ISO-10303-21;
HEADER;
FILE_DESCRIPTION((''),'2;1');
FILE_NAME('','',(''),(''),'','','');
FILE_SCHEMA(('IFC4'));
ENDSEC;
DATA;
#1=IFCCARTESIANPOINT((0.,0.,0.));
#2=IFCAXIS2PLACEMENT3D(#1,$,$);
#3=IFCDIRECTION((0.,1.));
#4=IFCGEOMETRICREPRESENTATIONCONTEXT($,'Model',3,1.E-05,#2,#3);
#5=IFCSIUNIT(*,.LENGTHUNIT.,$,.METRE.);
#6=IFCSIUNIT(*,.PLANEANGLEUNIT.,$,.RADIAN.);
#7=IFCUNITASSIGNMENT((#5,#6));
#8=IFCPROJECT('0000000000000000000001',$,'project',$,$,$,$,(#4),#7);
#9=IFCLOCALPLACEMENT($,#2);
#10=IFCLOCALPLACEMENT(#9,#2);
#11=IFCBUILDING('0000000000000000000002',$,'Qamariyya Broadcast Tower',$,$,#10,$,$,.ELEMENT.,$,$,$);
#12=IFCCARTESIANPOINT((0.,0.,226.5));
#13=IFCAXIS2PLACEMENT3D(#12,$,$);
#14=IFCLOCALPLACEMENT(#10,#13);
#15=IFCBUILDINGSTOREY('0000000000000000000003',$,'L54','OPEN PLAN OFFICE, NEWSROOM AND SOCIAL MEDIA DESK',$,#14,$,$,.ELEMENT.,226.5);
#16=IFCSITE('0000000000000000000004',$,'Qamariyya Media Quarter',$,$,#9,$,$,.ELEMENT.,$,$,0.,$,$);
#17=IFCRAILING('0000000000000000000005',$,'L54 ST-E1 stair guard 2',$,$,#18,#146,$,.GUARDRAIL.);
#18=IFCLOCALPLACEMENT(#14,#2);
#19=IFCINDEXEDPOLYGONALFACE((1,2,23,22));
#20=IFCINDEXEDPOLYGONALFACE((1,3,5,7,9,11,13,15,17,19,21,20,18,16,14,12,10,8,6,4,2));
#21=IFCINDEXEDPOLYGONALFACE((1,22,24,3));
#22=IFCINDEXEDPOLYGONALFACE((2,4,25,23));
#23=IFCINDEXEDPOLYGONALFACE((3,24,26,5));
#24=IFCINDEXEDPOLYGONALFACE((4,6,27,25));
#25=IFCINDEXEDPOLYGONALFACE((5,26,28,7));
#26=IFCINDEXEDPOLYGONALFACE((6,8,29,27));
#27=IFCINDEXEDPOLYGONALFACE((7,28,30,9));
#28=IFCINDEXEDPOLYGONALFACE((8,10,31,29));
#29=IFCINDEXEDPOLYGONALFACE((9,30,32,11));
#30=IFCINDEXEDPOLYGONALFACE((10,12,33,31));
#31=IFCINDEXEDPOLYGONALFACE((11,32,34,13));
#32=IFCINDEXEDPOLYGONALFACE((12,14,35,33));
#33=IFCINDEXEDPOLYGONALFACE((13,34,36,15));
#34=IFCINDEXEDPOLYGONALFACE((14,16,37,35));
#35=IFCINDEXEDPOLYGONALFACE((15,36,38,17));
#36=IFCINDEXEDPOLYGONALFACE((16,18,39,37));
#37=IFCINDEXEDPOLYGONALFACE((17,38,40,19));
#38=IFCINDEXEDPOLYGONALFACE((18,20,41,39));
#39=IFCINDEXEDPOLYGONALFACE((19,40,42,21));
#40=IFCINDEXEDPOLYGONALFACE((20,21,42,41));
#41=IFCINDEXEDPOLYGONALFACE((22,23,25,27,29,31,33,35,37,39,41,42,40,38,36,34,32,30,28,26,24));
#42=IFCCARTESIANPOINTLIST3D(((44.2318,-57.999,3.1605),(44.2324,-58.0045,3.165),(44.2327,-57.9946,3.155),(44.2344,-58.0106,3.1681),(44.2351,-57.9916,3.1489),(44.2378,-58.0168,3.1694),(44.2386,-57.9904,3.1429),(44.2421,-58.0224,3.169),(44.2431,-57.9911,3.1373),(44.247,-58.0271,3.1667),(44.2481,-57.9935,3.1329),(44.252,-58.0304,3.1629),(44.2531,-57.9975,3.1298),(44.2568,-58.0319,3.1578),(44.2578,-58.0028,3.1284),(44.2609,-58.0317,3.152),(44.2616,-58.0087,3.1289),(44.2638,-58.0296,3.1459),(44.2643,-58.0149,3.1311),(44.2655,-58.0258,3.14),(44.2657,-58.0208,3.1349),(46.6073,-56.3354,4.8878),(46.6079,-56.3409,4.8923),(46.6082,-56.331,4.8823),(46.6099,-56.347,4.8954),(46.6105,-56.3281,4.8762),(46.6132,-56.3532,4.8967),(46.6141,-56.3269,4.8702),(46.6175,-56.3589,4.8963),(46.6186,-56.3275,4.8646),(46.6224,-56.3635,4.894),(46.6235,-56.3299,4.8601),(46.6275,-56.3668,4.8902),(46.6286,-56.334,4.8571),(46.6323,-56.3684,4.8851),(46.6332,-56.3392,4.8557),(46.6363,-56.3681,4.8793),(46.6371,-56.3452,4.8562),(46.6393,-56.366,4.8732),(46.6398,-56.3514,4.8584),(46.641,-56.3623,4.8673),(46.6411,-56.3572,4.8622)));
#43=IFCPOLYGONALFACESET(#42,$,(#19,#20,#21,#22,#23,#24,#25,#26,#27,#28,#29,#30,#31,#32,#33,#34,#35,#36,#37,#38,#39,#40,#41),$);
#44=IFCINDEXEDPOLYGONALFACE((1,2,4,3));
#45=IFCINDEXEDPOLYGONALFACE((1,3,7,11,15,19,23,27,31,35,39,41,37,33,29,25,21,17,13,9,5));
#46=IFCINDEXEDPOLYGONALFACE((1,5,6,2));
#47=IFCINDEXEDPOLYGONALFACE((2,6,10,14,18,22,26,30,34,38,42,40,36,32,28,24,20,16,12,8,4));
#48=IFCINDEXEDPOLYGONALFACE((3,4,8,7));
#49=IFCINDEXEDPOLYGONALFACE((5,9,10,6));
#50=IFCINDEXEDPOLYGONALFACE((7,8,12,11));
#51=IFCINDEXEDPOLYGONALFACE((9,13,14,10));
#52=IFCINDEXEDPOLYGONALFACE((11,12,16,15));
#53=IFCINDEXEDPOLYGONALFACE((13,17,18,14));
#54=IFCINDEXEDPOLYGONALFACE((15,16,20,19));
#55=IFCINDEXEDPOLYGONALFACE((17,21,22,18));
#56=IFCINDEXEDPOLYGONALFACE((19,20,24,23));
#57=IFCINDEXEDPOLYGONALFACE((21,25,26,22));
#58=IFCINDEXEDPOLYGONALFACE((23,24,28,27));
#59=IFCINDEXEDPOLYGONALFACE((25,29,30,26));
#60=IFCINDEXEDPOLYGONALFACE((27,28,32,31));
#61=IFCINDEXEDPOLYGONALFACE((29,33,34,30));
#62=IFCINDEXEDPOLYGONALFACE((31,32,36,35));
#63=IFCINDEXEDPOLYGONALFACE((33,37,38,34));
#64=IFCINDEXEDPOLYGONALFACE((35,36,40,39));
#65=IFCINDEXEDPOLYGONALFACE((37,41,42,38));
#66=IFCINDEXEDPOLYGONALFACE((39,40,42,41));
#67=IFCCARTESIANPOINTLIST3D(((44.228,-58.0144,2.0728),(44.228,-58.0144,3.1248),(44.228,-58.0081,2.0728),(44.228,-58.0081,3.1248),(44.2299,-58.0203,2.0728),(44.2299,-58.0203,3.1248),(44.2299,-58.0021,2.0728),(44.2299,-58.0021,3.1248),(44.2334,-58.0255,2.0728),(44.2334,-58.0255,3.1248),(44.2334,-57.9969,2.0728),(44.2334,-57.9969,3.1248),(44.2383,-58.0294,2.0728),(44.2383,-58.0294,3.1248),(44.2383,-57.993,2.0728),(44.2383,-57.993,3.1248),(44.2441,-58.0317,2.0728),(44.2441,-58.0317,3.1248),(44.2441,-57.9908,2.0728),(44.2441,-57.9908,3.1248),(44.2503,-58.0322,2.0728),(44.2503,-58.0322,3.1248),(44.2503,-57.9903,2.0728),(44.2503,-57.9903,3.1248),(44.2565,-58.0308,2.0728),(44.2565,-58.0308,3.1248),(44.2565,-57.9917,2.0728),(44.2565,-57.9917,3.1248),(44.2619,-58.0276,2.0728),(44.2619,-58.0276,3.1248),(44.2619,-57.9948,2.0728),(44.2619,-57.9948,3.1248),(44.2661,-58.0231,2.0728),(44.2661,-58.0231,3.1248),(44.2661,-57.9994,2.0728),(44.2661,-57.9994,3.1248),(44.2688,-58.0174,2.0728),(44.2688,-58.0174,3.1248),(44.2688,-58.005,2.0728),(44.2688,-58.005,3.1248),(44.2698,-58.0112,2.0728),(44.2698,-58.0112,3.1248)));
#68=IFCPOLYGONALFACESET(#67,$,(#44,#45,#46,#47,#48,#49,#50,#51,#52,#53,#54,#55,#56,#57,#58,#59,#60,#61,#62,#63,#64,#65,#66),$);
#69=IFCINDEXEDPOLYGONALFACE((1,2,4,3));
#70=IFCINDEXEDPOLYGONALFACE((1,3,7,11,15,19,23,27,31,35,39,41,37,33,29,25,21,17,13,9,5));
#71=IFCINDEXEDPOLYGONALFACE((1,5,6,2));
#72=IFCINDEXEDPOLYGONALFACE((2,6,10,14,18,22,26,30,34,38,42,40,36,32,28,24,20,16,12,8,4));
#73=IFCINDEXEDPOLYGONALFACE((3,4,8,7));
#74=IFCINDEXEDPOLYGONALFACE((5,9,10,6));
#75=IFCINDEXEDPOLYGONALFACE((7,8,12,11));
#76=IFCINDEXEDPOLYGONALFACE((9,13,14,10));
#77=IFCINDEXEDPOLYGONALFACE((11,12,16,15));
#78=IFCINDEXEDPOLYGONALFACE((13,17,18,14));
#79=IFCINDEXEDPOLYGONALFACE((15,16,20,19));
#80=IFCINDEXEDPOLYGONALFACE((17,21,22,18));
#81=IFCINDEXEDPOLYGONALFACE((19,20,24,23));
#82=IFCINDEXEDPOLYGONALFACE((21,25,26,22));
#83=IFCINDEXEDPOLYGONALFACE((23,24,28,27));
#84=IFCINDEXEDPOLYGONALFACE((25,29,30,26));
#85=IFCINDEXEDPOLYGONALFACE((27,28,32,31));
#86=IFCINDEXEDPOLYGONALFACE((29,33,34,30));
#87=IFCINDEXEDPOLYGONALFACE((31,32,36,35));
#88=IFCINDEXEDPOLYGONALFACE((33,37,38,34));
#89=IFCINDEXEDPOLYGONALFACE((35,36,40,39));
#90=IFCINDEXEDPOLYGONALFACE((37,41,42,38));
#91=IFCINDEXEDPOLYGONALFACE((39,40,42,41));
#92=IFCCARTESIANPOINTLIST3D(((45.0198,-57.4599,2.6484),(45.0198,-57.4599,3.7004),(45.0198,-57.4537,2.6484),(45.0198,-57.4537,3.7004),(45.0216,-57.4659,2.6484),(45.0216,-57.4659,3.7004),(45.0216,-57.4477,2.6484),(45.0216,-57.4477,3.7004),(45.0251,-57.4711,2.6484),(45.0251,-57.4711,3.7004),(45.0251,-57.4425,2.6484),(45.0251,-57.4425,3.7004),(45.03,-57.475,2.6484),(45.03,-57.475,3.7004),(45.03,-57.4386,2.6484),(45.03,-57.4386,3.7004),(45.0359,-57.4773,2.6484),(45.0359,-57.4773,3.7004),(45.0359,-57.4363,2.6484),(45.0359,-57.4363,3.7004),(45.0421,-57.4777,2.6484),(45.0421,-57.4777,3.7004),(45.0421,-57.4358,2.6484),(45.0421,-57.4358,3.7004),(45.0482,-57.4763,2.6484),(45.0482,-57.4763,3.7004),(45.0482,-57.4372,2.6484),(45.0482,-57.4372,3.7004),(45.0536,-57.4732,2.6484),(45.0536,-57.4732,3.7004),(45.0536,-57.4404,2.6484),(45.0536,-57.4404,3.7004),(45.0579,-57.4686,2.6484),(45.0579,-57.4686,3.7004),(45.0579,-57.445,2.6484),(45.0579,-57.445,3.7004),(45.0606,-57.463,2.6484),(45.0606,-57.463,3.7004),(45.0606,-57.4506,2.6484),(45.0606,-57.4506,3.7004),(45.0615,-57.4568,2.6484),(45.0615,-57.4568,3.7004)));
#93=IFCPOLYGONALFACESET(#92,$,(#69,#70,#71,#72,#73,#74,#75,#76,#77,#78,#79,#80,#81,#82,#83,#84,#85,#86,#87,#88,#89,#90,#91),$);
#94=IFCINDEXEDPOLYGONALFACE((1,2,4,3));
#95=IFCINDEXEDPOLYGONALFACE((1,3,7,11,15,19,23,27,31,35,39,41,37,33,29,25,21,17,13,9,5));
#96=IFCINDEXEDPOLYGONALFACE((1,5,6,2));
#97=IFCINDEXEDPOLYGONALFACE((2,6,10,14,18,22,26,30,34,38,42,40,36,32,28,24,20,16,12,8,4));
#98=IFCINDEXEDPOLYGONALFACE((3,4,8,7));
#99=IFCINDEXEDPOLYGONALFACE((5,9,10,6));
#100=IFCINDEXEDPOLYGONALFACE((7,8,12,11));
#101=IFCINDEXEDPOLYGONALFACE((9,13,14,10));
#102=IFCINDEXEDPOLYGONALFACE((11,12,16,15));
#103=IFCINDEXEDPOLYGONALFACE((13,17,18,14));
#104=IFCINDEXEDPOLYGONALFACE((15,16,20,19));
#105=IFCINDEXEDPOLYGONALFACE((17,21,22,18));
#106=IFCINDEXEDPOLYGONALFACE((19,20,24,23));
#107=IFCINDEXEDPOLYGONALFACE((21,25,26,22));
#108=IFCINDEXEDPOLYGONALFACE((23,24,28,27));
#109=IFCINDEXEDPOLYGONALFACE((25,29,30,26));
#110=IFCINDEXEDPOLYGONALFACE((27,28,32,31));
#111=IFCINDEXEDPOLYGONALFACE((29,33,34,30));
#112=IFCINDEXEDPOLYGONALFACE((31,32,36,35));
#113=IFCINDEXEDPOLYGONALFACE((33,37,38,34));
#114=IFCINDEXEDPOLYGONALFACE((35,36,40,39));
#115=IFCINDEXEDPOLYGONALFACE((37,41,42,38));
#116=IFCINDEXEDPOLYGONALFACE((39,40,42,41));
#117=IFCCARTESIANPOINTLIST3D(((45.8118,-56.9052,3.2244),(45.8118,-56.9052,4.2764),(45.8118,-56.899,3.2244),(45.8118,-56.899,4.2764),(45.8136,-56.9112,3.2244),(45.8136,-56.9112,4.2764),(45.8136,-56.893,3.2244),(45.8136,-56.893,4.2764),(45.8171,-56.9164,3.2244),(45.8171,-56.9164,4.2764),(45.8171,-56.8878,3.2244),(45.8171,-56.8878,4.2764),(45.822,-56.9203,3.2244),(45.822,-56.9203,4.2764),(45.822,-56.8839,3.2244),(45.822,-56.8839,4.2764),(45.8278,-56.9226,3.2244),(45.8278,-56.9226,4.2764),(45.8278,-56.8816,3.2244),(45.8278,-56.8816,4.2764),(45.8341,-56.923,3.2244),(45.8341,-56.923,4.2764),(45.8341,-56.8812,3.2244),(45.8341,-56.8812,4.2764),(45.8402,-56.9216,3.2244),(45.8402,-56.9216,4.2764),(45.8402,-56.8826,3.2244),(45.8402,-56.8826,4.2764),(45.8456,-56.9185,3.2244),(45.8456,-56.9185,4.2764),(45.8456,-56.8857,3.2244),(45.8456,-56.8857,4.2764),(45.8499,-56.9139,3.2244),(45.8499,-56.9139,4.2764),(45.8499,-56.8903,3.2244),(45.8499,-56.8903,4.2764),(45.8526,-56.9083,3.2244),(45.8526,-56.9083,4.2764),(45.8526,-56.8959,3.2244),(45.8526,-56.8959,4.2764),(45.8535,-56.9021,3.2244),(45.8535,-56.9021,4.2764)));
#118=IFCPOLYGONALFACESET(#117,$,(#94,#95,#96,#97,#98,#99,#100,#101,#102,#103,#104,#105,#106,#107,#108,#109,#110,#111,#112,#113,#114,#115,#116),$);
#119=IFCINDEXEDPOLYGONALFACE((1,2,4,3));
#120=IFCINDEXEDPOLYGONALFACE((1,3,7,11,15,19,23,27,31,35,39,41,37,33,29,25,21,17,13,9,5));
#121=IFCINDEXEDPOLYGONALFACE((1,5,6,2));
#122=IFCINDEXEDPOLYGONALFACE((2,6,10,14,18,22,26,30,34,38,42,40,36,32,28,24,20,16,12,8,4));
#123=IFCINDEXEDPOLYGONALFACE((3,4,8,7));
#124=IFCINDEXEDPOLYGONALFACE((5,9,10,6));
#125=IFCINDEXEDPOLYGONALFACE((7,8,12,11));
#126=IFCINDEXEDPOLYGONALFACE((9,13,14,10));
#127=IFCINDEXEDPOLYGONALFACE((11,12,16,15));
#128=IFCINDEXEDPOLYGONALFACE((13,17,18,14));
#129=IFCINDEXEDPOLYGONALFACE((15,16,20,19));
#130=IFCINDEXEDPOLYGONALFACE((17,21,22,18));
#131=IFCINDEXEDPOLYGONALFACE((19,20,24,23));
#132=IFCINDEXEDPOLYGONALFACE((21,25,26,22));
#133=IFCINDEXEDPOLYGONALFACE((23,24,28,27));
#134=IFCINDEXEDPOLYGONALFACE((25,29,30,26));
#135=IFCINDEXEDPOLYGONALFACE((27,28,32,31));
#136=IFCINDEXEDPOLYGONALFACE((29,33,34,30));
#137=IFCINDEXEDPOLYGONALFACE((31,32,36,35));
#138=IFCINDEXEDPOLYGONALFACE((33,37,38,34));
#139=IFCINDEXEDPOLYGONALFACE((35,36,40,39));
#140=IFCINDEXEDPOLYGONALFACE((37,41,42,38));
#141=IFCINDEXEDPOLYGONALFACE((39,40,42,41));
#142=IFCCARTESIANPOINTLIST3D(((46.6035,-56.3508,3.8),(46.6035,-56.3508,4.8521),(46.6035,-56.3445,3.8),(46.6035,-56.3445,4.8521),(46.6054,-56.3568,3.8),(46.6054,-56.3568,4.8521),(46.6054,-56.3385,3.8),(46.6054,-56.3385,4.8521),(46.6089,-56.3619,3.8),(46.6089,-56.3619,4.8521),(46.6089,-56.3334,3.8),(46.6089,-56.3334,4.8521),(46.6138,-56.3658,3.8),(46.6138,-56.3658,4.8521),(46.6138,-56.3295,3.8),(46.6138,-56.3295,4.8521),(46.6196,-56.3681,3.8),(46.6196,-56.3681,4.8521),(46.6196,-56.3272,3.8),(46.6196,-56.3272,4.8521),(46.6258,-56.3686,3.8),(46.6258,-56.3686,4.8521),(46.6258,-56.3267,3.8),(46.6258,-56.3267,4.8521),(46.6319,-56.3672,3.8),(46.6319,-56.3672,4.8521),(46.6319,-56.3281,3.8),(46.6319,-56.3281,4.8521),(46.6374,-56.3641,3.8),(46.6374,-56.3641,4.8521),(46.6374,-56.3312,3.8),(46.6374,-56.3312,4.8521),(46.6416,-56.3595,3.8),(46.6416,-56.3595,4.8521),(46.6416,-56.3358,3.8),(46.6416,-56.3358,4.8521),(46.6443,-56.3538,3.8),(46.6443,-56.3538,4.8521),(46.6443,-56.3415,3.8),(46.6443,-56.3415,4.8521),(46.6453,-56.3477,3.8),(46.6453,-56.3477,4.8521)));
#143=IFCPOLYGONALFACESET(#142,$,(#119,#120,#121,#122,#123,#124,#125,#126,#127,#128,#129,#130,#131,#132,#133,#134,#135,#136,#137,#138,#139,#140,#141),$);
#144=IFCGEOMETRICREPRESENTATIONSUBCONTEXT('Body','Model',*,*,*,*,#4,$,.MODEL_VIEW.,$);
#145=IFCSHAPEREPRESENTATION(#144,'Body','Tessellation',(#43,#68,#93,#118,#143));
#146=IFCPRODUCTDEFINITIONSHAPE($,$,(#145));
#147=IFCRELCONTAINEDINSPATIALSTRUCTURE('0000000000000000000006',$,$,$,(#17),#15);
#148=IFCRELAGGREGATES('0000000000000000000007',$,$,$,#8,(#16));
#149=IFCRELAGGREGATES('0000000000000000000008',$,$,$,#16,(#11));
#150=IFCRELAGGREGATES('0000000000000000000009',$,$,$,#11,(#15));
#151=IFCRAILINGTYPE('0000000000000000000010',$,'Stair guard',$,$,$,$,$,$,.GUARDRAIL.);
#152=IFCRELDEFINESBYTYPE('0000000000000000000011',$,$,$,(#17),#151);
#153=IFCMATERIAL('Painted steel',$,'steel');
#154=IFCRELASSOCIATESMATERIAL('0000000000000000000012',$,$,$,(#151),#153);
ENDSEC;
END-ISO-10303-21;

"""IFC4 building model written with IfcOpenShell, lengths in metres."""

from ifc_helpers import new_model, si_unit, direction, frame, origin, origin_2d, place, context, subcontext, project, spatial, circle, extrude, material, type_object, element, save


model = new_model("IFC4")

# Units and contexts
model_context = context("Model", 3, precision=1e-05, world=origin(), true_north=direction((0.0, 1.0)))
body_context = subcontext(model_context, "Body", "Model", "MODEL_VIEW")
ifc_project = project(units=[si_unit("LENGTHUNIT", "METRE"), si_unit("PLANEANGLEUNIT", "RADIAN")], contexts=[model_context])

# Site, building, storey
site_placement = place(None, origin())
site = spatial("IfcSite", under=ifc_project, at=site_placement, Name="Qamariyya Media Quarter", CompositionType="ELEMENT", RefElevation=0.0)
building_placement = place(site_placement, origin())
building = spatial("IfcBuilding", under=site, at=building_placement, Name="Qamariyya Broadcast Tower", CompositionType="ELEMENT")
storey_placement = place(building_placement, frame((0.0, 0.0, 226.5)))
storey = spatial("IfcBuildingStorey", under=building, at=storey_placement, Name="L54", Description="OPEN PLAN OFFICE, NEWSROOM AND SOCIAL MEDIA DESK", CompositionType="ELEMENT", Elevation=226.5)

# Railing
ifc_material_1 = material(Name="Painted steel", Category="steel")
railing_type_1 = type_object("IfcRailingType", Name="Stair guard", PredefinedType="GUARDRAIL", material=ifc_material_1)
railing_1_placement = place(storey_placement, frame((44.2488, -58.0112, 2.0728)))
element("IfcRailing", 1, at=railing_1_placement, inside=storey, type_object=railing_type_1, Name="L54 ST-E1 stair guard 2", PredefinedType="GUARDRAIL", context=body_context, shape_type="SweptSolid", body=[
    extrude(circle(Radius=0.0239, at=origin_2d()), frame((0.0, 0.0, 1.0762), z_axis=(0.703745, 0.492838, 0.511716), x_axis=(-0.573632, 0.819113, 0.0)), (0.0, 0.0, 1.0), 3.3755),
    extrude(circle(Radius=0.021, at=origin_2d()), origin(), (0.0, 0.0, 1.0), 1.052),
    extrude(circle(Radius=0.021, at=origin_2d()), frame((0.7917, 0.5544, 0.5757)), (0.0, 0.0, 1.0), 1.052),
    extrude(circle(Radius=0.021, at=origin_2d()), frame((1.5837, 1.1091, 1.1516)), (0.0, 0.0, 1.0), 1.052),
    extrude(circle(Radius=0.021, at=origin_2d()), frame((2.3755, 1.6636, 1.7273)), (0.0, 0.0, 1.0), 1.052),
])

save(model, "model.ifc")
